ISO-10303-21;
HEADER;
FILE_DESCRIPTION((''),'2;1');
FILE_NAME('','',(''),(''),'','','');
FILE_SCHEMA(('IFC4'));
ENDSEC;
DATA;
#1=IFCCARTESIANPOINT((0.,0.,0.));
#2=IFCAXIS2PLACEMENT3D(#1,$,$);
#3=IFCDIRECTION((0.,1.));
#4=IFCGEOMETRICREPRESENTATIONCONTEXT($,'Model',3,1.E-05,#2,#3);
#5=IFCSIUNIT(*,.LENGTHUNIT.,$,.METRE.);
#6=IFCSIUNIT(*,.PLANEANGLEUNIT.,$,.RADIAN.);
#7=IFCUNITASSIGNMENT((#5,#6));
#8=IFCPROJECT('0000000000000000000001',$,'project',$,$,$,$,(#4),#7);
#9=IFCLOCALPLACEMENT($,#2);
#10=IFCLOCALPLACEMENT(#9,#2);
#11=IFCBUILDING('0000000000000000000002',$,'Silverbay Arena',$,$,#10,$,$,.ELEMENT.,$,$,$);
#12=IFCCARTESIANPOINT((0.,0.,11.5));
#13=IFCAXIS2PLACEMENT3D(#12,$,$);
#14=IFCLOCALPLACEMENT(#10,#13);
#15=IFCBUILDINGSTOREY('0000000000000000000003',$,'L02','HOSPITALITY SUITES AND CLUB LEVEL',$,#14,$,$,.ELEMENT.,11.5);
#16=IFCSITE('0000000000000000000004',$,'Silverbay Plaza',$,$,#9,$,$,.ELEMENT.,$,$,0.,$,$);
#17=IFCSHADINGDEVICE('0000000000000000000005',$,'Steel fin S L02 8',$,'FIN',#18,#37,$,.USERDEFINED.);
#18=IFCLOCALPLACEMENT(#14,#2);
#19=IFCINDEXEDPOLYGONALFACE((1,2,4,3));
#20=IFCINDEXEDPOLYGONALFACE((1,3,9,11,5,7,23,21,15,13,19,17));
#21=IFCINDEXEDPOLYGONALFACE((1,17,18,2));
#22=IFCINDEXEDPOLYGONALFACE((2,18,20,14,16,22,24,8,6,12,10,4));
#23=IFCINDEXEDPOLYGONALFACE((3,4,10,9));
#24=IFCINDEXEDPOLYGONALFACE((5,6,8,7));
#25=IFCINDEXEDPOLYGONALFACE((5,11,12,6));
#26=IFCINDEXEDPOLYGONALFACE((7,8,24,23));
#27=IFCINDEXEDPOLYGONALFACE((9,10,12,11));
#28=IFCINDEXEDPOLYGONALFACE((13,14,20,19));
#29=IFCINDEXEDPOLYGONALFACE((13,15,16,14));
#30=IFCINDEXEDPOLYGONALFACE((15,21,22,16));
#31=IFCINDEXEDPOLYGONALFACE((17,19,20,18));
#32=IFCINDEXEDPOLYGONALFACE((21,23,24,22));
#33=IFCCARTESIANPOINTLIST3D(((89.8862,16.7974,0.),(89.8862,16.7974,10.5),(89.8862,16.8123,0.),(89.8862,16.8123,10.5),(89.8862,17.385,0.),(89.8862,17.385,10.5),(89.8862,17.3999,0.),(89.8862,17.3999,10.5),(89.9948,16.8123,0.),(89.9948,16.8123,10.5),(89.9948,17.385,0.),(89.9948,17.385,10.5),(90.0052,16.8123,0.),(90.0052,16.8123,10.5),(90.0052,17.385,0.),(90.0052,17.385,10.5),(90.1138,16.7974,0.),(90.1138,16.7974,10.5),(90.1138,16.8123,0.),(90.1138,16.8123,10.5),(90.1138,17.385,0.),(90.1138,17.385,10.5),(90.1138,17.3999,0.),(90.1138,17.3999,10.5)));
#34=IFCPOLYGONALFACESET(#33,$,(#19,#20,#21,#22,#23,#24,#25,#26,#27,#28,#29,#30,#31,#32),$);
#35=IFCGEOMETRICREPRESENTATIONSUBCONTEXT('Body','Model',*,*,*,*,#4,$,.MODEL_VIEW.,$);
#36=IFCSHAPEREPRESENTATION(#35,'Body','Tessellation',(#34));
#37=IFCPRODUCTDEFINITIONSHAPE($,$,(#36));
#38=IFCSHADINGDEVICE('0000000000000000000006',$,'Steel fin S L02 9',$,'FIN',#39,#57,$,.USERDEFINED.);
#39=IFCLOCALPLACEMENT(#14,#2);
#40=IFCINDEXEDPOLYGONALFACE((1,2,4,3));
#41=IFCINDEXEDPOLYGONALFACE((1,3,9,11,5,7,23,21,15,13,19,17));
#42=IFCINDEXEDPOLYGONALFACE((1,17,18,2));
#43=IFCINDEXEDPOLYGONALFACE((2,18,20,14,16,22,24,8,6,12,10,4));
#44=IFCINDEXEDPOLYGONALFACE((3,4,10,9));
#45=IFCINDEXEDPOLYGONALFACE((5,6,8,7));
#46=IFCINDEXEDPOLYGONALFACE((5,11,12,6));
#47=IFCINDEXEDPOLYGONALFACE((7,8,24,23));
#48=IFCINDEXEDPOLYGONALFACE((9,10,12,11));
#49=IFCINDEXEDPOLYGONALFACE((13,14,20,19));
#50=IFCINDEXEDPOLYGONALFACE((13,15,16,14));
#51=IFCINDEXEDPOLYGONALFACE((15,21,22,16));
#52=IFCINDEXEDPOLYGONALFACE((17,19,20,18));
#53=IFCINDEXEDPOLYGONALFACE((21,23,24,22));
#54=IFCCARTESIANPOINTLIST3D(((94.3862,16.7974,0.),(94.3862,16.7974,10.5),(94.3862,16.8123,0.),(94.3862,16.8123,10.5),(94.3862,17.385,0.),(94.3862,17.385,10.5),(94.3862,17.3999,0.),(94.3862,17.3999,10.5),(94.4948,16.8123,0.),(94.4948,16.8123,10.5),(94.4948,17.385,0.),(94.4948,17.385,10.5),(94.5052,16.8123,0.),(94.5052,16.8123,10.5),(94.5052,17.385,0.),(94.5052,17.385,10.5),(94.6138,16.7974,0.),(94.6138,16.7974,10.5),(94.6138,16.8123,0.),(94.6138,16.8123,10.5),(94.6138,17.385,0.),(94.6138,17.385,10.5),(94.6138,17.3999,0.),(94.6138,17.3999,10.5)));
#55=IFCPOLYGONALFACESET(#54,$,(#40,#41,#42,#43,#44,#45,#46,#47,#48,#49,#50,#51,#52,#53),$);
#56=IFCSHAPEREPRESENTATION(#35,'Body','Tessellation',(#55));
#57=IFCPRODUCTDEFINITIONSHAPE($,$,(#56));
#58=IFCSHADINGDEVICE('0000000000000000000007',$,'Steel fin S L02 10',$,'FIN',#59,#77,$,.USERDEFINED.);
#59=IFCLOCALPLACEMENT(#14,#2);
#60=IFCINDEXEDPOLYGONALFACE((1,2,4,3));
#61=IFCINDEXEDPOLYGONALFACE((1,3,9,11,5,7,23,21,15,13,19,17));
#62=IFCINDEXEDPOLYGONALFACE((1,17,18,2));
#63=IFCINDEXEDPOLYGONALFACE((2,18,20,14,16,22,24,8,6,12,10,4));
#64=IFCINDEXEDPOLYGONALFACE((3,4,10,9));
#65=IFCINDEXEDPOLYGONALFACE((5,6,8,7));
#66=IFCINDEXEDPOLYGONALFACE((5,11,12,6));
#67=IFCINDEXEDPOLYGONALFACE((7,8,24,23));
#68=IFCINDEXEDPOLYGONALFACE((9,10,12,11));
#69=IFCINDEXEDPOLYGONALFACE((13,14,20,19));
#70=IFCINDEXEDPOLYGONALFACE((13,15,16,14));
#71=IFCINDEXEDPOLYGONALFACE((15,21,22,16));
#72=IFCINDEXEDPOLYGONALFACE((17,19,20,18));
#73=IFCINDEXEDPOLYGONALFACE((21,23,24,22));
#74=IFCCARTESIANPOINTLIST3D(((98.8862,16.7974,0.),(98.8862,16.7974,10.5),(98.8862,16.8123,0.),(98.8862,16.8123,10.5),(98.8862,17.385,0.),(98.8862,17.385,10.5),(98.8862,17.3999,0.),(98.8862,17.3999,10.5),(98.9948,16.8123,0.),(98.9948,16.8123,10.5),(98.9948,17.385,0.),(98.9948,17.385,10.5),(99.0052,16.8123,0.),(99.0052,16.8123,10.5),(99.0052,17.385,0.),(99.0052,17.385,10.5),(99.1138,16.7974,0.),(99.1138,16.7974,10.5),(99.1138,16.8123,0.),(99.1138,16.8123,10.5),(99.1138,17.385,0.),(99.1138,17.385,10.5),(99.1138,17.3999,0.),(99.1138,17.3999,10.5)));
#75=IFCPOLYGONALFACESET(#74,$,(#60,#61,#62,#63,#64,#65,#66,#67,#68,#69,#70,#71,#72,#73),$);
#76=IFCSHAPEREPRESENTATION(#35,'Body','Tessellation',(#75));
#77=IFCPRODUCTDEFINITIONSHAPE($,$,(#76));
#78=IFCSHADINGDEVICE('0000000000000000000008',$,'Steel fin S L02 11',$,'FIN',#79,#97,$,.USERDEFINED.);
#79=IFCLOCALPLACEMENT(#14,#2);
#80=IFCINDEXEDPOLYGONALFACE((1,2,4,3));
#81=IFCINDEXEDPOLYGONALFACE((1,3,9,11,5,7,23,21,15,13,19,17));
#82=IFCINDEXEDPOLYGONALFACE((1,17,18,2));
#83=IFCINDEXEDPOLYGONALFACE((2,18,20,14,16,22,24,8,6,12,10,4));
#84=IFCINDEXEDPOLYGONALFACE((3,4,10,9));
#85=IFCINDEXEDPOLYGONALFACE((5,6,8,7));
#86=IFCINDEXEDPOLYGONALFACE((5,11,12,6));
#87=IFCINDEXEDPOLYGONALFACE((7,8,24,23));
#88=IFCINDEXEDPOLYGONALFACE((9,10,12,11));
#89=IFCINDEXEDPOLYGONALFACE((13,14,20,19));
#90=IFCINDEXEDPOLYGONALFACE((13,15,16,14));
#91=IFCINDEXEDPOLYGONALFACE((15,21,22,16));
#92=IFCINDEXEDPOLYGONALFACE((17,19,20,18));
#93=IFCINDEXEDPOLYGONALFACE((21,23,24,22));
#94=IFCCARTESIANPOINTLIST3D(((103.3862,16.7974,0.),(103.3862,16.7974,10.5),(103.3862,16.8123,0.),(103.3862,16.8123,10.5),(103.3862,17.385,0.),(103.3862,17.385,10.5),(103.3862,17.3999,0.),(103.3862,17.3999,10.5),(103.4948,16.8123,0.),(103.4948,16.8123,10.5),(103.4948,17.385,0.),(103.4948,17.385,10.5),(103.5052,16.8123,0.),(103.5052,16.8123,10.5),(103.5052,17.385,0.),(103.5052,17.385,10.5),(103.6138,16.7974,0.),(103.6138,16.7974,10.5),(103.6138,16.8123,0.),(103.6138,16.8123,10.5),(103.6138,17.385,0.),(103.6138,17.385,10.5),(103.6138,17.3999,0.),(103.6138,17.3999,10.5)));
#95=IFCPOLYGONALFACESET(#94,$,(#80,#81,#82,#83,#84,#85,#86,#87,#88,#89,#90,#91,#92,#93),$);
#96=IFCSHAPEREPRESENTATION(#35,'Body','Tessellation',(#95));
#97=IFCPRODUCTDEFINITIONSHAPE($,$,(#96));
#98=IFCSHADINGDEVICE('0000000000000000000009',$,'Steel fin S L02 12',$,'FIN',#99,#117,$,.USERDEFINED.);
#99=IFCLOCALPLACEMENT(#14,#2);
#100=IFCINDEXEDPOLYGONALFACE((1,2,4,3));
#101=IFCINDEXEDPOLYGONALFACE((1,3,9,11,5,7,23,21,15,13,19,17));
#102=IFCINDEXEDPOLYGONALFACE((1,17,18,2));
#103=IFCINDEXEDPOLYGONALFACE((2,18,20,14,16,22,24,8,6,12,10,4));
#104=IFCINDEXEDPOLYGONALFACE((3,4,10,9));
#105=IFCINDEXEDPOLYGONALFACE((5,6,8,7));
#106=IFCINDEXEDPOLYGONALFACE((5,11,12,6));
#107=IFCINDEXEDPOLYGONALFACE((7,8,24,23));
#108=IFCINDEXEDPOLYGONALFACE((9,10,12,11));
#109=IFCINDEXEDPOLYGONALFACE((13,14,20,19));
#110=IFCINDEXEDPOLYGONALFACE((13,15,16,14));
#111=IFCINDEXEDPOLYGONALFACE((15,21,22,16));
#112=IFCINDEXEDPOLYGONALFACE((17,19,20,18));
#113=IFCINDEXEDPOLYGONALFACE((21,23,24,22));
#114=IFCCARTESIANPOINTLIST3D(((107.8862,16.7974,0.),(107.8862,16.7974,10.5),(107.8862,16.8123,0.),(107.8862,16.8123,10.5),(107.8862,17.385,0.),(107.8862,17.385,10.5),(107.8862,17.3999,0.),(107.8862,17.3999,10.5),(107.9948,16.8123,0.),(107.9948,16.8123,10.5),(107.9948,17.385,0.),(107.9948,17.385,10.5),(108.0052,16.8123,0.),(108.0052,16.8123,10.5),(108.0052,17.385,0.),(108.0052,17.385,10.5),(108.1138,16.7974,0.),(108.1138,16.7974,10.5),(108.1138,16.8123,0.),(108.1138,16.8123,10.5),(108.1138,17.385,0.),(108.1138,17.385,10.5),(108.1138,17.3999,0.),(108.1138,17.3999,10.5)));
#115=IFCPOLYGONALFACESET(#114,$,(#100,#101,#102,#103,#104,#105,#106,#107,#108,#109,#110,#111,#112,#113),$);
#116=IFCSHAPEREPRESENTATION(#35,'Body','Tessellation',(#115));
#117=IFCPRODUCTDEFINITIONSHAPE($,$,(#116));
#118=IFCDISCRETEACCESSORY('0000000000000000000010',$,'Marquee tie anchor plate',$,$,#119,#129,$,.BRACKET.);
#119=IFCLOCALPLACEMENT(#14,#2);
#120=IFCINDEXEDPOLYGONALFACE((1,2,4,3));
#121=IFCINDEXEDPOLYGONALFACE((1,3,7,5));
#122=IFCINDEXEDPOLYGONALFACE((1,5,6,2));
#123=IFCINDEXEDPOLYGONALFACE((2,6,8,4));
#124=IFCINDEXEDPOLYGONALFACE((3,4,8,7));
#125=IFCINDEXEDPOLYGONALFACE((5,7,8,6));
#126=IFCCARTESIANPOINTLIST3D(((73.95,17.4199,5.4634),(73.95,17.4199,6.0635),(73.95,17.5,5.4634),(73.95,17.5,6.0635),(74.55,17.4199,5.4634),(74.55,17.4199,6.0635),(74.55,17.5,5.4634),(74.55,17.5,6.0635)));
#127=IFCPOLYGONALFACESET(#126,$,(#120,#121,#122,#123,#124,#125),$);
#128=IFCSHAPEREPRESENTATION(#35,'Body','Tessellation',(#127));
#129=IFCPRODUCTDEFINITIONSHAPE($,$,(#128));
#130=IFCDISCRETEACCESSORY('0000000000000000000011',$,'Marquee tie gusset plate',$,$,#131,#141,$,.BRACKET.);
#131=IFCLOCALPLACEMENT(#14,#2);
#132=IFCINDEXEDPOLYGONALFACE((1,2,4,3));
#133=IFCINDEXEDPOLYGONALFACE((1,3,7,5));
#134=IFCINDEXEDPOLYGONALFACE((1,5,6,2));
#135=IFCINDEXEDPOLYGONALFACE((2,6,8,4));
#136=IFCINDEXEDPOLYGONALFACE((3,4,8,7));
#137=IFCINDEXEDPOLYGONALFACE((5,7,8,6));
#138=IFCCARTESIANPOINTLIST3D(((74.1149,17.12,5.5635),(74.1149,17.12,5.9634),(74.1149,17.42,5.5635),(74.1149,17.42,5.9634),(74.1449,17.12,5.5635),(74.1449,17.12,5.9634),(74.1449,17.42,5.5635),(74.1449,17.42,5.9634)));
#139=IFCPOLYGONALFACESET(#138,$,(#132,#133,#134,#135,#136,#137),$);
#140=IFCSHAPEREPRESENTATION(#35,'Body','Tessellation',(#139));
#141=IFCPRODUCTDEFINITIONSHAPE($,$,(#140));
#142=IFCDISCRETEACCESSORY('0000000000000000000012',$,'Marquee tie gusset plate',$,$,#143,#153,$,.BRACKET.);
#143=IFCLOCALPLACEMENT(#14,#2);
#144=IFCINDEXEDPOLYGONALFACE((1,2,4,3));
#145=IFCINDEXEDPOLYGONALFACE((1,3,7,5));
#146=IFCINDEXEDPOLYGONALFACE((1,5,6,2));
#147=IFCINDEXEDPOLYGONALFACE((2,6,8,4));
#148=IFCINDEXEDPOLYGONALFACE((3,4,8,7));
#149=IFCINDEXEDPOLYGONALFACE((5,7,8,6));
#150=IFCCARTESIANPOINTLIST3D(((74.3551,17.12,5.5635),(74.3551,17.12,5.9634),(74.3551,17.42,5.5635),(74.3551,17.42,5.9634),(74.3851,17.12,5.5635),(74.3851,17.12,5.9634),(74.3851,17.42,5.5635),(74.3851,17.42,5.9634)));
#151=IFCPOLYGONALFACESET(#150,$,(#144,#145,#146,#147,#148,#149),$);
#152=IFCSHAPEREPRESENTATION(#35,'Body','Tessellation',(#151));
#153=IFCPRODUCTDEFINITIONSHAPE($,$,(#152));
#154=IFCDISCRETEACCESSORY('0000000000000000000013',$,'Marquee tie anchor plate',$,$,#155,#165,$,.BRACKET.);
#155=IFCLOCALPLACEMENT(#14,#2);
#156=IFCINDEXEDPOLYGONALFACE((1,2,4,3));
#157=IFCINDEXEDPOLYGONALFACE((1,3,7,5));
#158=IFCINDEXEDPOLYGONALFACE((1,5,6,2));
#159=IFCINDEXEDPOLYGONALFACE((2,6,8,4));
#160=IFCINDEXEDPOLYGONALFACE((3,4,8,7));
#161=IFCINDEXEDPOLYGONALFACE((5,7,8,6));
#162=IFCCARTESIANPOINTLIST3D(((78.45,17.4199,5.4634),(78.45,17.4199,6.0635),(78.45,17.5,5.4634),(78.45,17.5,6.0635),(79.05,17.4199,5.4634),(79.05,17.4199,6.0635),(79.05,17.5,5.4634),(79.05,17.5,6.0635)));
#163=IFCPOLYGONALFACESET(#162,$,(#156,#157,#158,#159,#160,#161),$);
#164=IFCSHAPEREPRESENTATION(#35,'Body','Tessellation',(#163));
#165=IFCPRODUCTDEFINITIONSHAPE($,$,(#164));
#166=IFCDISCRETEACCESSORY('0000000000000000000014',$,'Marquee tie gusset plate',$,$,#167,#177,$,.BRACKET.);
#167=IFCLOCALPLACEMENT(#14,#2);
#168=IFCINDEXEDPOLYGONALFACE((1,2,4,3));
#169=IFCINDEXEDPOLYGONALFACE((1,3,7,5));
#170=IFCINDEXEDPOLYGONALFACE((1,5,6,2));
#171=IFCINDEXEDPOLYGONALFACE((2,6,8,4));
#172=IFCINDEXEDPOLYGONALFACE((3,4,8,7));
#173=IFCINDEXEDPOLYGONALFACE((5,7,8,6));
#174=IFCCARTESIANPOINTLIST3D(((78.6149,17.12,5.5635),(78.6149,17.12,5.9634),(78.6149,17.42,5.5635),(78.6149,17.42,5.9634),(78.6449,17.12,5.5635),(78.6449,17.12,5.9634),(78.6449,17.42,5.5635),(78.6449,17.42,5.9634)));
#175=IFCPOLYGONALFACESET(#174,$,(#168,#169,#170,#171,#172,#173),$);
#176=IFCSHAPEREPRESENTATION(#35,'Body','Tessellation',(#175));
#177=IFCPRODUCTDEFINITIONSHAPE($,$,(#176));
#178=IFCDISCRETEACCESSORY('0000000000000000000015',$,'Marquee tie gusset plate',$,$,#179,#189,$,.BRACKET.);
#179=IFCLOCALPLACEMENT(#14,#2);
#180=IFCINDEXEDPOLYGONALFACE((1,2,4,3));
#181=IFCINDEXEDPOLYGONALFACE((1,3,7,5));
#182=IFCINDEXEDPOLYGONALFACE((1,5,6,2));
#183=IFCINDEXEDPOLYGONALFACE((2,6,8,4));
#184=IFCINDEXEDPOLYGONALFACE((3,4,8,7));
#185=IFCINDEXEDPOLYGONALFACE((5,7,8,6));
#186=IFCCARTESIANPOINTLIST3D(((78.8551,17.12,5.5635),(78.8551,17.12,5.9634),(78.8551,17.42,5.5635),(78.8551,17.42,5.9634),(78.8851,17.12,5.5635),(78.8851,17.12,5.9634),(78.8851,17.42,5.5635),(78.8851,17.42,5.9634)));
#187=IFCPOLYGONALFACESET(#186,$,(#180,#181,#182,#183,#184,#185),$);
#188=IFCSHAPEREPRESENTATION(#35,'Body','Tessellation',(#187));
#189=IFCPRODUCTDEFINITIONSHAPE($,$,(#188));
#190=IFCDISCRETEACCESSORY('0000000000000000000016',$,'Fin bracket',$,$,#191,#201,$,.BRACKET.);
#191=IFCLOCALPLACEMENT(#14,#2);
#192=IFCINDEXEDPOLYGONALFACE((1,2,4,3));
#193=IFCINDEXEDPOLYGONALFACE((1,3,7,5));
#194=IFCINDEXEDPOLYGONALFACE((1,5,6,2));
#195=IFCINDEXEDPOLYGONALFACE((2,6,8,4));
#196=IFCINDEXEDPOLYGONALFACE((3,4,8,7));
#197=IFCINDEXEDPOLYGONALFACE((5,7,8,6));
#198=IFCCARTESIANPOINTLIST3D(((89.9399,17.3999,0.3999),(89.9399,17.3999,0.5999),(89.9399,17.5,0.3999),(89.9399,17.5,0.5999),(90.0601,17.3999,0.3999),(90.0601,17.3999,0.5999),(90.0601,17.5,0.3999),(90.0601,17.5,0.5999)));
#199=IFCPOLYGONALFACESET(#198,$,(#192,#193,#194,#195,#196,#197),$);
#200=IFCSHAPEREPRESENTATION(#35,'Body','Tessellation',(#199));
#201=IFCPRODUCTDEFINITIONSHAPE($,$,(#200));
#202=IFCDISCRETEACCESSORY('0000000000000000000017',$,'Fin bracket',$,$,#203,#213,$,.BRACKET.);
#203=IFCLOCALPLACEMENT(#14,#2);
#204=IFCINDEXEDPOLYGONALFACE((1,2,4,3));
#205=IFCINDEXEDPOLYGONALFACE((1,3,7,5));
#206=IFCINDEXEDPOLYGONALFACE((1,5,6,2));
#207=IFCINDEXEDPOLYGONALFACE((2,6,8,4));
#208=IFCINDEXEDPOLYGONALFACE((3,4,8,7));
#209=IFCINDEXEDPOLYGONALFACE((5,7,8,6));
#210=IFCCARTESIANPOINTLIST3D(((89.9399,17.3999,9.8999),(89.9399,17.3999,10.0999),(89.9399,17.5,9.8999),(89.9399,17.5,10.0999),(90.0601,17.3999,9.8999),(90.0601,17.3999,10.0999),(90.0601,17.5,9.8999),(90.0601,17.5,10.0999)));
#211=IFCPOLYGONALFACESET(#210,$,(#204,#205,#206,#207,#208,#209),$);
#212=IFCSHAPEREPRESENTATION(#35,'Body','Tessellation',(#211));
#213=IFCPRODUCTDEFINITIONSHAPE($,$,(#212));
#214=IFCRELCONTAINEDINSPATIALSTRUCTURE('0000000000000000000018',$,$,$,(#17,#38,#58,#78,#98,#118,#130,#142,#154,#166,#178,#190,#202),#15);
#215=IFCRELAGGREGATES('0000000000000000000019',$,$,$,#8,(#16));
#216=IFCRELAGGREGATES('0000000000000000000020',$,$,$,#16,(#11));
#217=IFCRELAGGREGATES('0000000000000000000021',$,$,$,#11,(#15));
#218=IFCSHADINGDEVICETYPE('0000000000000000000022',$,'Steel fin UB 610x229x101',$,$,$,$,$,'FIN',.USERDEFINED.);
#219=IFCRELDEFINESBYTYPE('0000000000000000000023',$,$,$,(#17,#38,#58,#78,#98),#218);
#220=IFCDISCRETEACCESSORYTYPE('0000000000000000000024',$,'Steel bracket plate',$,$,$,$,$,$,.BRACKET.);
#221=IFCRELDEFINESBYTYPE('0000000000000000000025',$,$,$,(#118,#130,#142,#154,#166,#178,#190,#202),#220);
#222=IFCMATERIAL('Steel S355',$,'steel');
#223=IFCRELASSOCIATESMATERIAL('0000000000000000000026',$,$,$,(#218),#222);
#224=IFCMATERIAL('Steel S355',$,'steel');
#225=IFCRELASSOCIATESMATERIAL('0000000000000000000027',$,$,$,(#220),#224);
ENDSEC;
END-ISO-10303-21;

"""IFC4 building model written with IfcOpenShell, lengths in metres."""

from ifc_helpers import new_model, si_unit, direction, frame, origin, origin_2d, place, context, subcontext, project, spatial, rectangle, i_section, extrude, material, material_profile, profile_set, type_object, element, save


model = new_model("IFC4")

# Units and contexts
model_context = context("Model", 3, precision=1e-05, world=origin(), true_north=direction((0.0, 1.0)))
body_context = subcontext(model_context, "Body", "Model", "MODEL_VIEW")
ifc_project = project(units=[si_unit("LENGTHUNIT", "METRE"), si_unit("PLANEANGLEUNIT", "RADIAN")], contexts=[model_context])

# Site, building, storey
site_placement = place(None, origin())
site = spatial("IfcSite", under=ifc_project, at=site_placement, Name="Silverbay Plaza", CompositionType="ELEMENT", RefElevation=0.0)
building_placement = place(site_placement, origin())
building = spatial("IfcBuilding", under=site, at=building_placement, Name="Silverbay Arena", CompositionType="ELEMENT")
storey_placement = place(building_placement, frame((0.0, 0.0, 11.5)))
storey = spatial("IfcBuildingStorey", under=building, at=storey_placement, Name="L02", Description="HOSPITALITY SUITES AND CLUB LEVEL", CompositionType="ELEMENT", Elevation=11.5)

# Shading devices
ifc_material_1 = material(Name="Steel S355", Category="steel")
ifc_material_profile_1 = material_profile(ifc_material_1, i_section(OverallWidth=0.2275, OverallDepth=0.6025, WebThickness=0.0105, FlangeThickness=0.0149, at=origin_2d()), Name="UB 610x229x101")
ifc_profile_set_1 = profile_set([ifc_material_profile_1], Name="Steel S355")
shading_device_type = type_object("IfcShadingDeviceType", Name="Steel fin UB 610x229x101", ElementType="FIN", PredefinedType="USERDEFINED", material=ifc_profile_set_1)
for number, where, z_axis, x_axis, name in (
    (1, (90.0, 17.0986, 0.0), (0.0, 0.0, 1.0), (1.0, 0.0, 0.0), "Steel fin S L02 8"),
    (2, (94.5, 17.0986, 0.0), (0.0, 0.0, 1.0), (1.0, 0.0, 0.0), "Steel fin S L02 9"),
    (3, (99.0, 17.0986, 0.0), (0.0, 0.0, 1.0), (1.0, 0.0, 0.0), "Steel fin S L02 10"),
    (4, (103.5, 17.0986, 0.0), (0.0, 0.0, 1.0), (1.0, 0.0, 0.0), "Steel fin S L02 11"),
    (5, (108.0, 17.0986, 0.0), (0.0, 0.0, 1.0), (1.0, 0.0, 0.0), "Steel fin S L02 12"),
):
    element("IfcShadingDevice", number, at=place(storey_placement, frame(where, z_axis=z_axis, x_axis=x_axis)), inside=storey, type_object=shading_device_type, Name=name, ObjectType="FIN", PredefinedType="USERDEFINED", context=body_context, shape_type="SweptSolid", body=[
        extrude(i_section(OverallWidth=0.2275, OverallDepth=0.6025, WebThickness=0.0105, FlangeThickness=0.0149, at=origin_2d()), origin(), (0.0, 0.0, 1.0), 10.5),
    ])

# Discrete accessories
ifc_material_2 = material(Name="Steel S355", Category="steel")
discrete_accessory_type = type_object("IfcDiscreteAccessoryType", Name="Steel bracket plate", PredefinedType="BRACKET", material=ifc_material_2)
discrete_accessory_1_placement = place(storey_placement, frame((74.25, 17.46, 5.4634), z_axis=(0.0, 0.0, 1.0), x_axis=(1.0, 0.0, 0.0)))
element("IfcDiscreteAccessory", 6, at=discrete_accessory_1_placement, inside=storey, type_object=discrete_accessory_type, Name="Marquee tie anchor plate", PredefinedType="BRACKET", context=body_context, shape_type="SweptSolid", body=[
    extrude(rectangle(XDim=0.6001, YDim=0.0801, at=origin_2d()), origin(), (0.0, 0.0, 1.0), 0.6001),
])
for number, where, z_axis, x_axis, name in (
    (7, (74.1299, 17.27, 5.5635), (0.0, 0.0, 1.0), (1.0, 0.0, 0.0), "Marquee tie gusset plate"),
    (8, (74.3701, 17.27, 5.5635), (0.0, 0.0, 1.0), (1.0, 0.0, 0.0), "Marquee tie gusset plate"),
):
    element("IfcDiscreteAccessory", number, at=place(storey_placement, frame(where, z_axis=z_axis, x_axis=x_axis)), inside=storey, type_object=discrete_accessory_type, Name=name, PredefinedType="BRACKET", context=body_context, shape_type="SweptSolid", body=[
        extrude(rectangle(XDim=0.03, YDim=0.3, at=origin_2d()), origin(), (0.0, 0.0, 1.0), 0.3999),
    ])
discrete_accessory_2_placement = place(storey_placement, frame((78.75, 17.46, 5.4634), z_axis=(0.0, 0.0, 1.0), x_axis=(1.0, 0.0, 0.0)))
element("IfcDiscreteAccessory", 9, at=discrete_accessory_2_placement, inside=storey, type_object=discrete_accessory_type, Name="Marquee tie anchor plate", PredefinedType="BRACKET", context=body_context, shape_type="SweptSolid", body=[
    extrude(rectangle(XDim=0.6001, YDim=0.0801, at=origin_2d()), origin(), (0.0, 0.0, 1.0), 0.6001),
])
for number, where, z_axis, x_axis, name in (
    (10, (78.6299, 17.27, 5.5635), (0.0, 0.0, 1.0), (1.0, 0.0, 0.0), "Marquee tie gusset plate"),
    (11, (78.8701, 17.27, 5.5635), (0.0, 0.0, 1.0), (1.0, 0.0, 0.0), "Marquee tie gusset plate"),
):
    element("IfcDiscreteAccessory", number, at=place(storey_placement, frame(where, z_axis=z_axis, x_axis=x_axis)), inside=storey, type_object=discrete_accessory_type, Name=name, PredefinedType="BRACKET", context=body_context, shape_type="SweptSolid", body=[
        extrude(rectangle(XDim=0.03, YDim=0.3, at=origin_2d()), origin(), (0.0, 0.0, 1.0), 0.3999),
    ])
for number, where, z_axis, x_axis, name in (
    (12, (90.0, 17.45, 0.3999), (0.0, 0.0, 1.0), (1.0, 0.0, 0.0), "Fin bracket"),
    (13, (90.0, 17.45, 9.8999), (0.0, 0.0, 1.0), (1.0, 0.0, 0.0), "Fin bracket"),
):
    element("IfcDiscreteAccessory", number, at=place(storey_placement, frame(where, z_axis=z_axis, x_axis=x_axis)), inside=storey, type_object=discrete_accessory_type, Name=name, PredefinedType="BRACKET", context=body_context, shape_type="SweptSolid", body=[
        extrude(rectangle(XDim=0.1201, YDim=0.1001, at=origin_2d()), origin(), (0.0, 0.0, 1.0), 0.2),
    ])

save(model, "model.ifc")
